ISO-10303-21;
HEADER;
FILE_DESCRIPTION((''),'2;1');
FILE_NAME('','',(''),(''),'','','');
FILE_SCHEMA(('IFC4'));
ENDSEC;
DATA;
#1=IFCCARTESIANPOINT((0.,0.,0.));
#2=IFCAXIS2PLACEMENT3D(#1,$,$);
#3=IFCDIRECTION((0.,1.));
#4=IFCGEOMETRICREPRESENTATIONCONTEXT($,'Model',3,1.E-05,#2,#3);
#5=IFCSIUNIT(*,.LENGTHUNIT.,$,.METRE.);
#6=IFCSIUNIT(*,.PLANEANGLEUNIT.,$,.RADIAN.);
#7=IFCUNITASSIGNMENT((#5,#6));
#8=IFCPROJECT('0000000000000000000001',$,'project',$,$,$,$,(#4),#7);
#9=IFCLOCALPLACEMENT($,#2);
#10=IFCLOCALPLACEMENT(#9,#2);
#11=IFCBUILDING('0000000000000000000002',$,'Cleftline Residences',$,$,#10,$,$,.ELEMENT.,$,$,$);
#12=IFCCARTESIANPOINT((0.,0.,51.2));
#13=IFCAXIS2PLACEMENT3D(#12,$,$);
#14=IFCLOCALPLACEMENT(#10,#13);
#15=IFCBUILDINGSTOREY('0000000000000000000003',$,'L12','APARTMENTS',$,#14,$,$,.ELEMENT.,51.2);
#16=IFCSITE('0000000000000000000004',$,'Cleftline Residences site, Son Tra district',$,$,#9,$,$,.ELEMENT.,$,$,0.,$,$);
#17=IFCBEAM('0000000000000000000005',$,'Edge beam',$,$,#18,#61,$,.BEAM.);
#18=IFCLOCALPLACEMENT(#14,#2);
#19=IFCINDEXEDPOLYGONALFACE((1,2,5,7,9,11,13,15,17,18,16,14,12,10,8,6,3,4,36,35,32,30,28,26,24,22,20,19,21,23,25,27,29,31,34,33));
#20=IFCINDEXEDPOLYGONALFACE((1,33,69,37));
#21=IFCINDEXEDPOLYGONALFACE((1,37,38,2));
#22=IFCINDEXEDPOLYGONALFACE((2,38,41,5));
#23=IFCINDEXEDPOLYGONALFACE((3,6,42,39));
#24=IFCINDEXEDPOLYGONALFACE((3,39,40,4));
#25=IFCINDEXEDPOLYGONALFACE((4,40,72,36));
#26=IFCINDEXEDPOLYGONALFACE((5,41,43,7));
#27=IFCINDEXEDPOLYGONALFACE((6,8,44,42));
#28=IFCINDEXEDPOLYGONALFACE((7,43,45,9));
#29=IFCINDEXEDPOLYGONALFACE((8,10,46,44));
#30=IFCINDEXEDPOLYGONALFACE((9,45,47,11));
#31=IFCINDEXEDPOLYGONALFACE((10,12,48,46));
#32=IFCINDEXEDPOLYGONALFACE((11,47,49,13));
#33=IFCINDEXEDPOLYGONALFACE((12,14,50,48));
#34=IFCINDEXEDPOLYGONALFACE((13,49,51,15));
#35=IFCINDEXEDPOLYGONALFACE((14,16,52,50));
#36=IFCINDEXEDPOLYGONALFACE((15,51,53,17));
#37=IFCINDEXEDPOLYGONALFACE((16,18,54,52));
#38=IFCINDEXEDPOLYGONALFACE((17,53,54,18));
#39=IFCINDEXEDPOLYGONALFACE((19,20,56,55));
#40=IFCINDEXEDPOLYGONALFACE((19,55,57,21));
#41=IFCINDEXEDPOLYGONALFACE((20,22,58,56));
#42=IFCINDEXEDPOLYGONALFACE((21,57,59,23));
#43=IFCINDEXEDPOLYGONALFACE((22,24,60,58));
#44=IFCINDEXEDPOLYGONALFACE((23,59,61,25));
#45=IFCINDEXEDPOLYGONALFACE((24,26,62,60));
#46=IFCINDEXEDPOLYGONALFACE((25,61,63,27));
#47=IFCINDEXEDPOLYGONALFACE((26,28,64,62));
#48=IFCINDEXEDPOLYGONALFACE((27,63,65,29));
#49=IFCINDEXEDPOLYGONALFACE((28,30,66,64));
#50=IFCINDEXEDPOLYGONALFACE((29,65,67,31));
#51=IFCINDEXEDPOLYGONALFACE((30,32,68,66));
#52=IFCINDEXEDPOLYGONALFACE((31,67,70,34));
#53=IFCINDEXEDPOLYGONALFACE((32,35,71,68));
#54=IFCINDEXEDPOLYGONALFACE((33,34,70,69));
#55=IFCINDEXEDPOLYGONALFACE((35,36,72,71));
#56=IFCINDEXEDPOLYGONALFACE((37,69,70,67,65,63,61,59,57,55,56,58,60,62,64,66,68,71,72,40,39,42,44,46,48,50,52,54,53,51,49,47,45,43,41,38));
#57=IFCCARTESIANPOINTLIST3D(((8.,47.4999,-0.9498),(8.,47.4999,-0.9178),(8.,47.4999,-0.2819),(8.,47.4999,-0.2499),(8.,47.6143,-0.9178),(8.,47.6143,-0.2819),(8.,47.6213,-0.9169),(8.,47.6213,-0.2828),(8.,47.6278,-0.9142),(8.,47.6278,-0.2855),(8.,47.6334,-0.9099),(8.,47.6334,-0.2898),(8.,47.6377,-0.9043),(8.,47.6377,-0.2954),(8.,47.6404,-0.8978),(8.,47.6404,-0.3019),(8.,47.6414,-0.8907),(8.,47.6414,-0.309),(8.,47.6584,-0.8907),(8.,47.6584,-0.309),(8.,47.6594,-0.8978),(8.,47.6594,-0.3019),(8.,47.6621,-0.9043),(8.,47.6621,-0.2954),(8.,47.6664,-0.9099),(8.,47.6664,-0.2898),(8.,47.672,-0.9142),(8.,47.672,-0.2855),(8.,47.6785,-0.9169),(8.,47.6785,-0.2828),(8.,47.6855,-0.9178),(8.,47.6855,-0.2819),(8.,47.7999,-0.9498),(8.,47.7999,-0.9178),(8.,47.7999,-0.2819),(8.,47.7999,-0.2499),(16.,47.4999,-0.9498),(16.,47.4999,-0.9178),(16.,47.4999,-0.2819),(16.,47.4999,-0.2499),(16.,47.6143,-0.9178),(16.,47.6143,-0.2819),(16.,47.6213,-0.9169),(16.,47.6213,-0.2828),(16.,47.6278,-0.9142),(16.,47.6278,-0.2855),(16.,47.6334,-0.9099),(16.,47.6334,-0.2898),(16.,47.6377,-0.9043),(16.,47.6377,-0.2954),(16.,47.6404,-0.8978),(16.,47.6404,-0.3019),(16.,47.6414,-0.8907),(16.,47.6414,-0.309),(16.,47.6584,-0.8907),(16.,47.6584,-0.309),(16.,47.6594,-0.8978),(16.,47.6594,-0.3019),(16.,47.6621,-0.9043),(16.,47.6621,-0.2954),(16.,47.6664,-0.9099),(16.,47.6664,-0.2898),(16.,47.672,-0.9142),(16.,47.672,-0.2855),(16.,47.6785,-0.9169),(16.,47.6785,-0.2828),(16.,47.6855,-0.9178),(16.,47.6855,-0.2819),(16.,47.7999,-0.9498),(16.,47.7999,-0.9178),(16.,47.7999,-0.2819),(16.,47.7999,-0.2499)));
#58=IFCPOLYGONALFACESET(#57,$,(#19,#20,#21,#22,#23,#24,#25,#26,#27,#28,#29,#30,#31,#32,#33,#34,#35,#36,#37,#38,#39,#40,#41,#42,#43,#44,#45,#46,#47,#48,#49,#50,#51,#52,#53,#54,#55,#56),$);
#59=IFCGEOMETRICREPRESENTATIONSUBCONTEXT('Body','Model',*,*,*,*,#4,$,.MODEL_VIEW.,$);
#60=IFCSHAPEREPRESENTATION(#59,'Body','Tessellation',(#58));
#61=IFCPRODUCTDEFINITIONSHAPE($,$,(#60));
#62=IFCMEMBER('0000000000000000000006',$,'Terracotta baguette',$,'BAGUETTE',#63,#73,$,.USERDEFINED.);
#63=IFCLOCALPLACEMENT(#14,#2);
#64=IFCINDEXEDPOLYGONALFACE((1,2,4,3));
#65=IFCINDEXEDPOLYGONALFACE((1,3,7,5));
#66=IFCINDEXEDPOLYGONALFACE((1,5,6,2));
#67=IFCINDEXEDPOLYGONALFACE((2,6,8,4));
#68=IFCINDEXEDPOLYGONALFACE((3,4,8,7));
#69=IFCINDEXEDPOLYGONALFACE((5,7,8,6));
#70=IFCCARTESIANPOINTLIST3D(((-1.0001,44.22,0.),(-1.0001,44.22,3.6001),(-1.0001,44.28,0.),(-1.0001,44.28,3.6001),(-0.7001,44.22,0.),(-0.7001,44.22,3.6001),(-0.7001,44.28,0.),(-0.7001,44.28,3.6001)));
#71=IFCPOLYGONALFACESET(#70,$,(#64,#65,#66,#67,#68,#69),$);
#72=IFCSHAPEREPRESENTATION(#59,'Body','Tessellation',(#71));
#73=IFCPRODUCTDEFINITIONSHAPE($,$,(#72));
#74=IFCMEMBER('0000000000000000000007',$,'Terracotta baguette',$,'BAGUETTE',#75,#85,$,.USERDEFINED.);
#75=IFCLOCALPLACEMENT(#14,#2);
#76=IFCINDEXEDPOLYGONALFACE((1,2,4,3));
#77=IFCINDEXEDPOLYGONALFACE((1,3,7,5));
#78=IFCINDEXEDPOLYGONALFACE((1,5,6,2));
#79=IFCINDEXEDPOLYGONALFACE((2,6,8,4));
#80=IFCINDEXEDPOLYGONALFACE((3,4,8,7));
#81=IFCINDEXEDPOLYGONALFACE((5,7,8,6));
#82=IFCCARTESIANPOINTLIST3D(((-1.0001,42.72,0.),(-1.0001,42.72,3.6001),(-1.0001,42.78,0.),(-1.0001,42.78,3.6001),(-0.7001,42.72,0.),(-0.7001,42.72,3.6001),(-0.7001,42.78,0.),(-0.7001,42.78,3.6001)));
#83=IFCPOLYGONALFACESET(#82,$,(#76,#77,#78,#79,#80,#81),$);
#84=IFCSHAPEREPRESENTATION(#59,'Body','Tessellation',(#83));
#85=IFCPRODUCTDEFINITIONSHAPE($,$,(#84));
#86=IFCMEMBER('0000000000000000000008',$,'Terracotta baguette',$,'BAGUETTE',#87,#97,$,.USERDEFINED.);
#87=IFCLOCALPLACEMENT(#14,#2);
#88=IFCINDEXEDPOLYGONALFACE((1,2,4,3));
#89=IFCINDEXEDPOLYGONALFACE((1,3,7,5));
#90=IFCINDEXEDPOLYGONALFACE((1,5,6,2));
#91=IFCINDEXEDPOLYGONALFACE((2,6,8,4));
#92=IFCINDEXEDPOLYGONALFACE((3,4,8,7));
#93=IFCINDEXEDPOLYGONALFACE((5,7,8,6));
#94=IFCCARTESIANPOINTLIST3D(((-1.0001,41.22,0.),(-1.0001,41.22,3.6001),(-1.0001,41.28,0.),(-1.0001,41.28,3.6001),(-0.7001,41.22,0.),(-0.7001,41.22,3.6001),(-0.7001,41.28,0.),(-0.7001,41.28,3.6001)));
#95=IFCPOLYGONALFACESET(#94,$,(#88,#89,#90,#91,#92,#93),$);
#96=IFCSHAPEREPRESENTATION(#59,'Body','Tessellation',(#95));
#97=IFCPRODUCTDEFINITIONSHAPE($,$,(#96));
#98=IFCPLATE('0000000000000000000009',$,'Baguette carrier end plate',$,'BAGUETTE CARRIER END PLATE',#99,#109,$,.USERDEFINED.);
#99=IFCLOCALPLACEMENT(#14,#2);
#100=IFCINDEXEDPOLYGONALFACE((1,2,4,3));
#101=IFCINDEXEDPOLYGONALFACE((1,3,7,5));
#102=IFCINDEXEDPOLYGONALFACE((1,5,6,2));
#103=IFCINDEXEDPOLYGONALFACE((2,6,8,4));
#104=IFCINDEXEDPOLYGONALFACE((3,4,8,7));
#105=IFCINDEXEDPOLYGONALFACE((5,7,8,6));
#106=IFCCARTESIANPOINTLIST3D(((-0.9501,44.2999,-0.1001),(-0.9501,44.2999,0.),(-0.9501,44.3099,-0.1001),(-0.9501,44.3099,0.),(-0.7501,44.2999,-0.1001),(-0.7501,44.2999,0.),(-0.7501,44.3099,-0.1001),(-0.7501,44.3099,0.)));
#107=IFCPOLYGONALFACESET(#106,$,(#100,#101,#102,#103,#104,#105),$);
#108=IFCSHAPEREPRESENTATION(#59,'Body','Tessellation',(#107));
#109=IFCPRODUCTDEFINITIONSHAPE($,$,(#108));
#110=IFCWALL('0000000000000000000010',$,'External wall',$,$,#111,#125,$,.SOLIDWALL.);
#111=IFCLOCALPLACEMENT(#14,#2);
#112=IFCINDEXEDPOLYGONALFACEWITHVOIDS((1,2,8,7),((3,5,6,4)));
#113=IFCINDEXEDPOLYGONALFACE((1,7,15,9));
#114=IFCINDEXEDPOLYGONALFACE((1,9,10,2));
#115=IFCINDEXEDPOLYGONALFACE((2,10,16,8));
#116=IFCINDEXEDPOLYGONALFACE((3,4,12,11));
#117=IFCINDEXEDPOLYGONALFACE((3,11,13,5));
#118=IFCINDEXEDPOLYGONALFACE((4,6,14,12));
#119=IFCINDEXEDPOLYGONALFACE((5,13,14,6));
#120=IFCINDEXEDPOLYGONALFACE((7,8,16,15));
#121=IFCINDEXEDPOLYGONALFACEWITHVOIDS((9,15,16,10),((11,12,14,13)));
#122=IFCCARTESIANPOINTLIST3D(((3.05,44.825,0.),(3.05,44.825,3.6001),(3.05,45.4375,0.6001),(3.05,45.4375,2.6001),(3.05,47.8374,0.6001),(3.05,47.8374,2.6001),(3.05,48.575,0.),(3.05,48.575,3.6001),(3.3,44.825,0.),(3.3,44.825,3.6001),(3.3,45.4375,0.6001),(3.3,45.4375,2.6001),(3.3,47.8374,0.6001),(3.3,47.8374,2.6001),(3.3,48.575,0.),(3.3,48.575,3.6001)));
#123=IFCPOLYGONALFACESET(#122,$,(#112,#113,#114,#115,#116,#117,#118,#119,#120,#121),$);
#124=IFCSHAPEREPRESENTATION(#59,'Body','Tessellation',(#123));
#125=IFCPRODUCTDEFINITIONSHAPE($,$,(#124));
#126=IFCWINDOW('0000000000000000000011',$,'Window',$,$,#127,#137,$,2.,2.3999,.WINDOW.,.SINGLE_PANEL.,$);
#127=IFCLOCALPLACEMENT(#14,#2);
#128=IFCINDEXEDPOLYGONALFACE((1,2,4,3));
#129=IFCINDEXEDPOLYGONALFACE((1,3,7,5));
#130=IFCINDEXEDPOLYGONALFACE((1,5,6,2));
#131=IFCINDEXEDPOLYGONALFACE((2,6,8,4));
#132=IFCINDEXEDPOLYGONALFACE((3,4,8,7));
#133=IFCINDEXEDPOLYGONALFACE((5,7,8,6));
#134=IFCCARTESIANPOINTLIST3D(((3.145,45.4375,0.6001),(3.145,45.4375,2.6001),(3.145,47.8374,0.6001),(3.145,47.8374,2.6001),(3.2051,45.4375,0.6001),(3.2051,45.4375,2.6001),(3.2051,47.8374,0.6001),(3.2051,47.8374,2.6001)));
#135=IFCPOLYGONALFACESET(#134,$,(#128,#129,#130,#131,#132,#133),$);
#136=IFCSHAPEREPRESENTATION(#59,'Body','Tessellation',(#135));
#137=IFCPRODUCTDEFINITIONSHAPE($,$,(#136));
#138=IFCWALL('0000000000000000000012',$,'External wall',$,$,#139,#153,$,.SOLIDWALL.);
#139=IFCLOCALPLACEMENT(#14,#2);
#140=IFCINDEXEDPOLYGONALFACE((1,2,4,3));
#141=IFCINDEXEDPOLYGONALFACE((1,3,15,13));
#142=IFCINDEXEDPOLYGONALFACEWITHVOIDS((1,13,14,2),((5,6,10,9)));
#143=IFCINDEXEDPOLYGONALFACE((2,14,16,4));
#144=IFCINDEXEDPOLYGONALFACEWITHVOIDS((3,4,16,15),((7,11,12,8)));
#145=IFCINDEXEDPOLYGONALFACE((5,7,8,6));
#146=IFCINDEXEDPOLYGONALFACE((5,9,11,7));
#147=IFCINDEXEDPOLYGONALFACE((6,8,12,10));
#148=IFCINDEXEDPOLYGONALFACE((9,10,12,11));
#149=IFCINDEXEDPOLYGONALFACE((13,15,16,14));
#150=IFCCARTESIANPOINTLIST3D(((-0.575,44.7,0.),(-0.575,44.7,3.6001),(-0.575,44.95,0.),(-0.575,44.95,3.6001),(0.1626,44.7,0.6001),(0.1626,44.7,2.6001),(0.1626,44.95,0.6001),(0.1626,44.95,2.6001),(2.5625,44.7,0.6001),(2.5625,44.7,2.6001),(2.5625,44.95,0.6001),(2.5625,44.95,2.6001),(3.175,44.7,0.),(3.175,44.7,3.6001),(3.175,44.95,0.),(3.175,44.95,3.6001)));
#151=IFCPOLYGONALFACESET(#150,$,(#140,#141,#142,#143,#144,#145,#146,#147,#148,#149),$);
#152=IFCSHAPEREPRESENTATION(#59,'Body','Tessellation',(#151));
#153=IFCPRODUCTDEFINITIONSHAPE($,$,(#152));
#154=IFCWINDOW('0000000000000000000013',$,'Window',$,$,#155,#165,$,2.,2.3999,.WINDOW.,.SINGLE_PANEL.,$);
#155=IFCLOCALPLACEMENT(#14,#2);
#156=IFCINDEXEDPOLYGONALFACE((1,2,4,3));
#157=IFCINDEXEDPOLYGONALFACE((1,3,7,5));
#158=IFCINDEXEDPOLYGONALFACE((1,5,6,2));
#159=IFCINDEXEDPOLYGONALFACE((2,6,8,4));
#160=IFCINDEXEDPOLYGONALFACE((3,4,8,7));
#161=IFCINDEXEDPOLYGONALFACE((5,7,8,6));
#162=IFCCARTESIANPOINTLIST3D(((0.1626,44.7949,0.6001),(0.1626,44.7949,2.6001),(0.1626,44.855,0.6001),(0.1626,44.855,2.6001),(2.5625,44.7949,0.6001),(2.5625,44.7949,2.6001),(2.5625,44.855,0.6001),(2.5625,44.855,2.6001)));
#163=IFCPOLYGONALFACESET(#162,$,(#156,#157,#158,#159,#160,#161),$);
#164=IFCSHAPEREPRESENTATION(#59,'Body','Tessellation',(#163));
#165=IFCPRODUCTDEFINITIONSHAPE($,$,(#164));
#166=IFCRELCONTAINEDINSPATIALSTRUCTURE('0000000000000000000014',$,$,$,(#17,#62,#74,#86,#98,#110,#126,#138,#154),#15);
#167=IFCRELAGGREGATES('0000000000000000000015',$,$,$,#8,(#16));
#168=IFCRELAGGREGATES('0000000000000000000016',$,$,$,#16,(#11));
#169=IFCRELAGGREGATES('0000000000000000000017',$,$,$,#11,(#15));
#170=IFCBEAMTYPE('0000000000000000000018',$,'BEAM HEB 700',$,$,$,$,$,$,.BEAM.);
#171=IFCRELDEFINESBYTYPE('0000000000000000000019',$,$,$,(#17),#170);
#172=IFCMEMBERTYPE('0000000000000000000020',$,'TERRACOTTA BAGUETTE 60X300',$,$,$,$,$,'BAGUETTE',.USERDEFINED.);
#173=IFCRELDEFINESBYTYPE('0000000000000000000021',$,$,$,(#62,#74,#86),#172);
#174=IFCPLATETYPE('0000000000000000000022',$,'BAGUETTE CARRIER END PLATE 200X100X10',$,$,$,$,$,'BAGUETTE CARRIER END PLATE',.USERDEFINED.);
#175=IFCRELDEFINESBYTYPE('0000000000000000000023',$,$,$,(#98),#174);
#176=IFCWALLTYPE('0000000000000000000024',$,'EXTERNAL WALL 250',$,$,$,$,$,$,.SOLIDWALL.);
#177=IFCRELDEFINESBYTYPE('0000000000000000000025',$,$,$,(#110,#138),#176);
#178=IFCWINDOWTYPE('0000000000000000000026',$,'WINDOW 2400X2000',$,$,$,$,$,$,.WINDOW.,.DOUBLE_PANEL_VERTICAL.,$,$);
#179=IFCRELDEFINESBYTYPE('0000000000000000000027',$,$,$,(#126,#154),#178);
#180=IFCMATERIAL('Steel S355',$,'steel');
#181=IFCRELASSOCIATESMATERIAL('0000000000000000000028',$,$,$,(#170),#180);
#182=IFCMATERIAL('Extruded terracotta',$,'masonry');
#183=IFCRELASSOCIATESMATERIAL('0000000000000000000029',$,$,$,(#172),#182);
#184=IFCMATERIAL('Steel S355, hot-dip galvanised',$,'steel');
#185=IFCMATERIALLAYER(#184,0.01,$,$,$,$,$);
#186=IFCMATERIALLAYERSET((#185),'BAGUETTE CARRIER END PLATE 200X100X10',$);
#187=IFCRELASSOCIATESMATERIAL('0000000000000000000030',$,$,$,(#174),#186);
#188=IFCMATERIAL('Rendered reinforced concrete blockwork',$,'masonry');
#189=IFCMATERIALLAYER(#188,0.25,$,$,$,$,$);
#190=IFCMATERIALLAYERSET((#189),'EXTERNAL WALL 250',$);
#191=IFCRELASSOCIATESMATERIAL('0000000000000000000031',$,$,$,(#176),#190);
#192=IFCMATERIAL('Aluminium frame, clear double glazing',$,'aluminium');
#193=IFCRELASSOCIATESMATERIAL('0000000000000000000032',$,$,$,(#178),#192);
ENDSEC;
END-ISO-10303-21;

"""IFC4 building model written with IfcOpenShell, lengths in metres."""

from ifc_helpers import new_model, si_unit, direction, frame, frame_2d, origin, origin_2d, place, context, subcontext, project, spatial, rectangle, i_section, extrude, material, layer, layer_set, material_profile, profile_set, type_object, element, fill, save


model = new_model("IFC4")

# Units and contexts
model_context = context("Model", 3, precision=1e-05, world=origin(), true_north=direction((0.0, 1.0)))
body_context = subcontext(model_context, "Body", "Model", "MODEL_VIEW")
ifc_project = project(units=[si_unit("LENGTHUNIT", "METRE"), si_unit("PLANEANGLEUNIT", "RADIAN")], contexts=[model_context])

# Site, building, storey
site_placement = place(None, origin())
site = spatial("IfcSite", under=ifc_project, at=site_placement, Name="Cleftline Residences site, Son Tra district", CompositionType="ELEMENT", RefElevation=0.0)
building_placement = place(site_placement, origin())
building = spatial("IfcBuilding", under=site, at=building_placement, Name="Cleftline Residences", CompositionType="ELEMENT")
storey_placement = place(building_placement, frame((0.0, 0.0, 51.2)))
storey = spatial("IfcBuildingStorey", under=building, at=storey_placement, Name="L12", Description="APARTMENTS", CompositionType="ELEMENT", Elevation=51.2)

# Beam
ifc_material_1 = material(Name="Steel S355", Category="steel")
ifc_material_profile_1 = material_profile(ifc_material_1, i_section(OverallWidth=0.3, OverallDepth=0.7, WebThickness=0.0171, FlangeThickness=0.032, FilletRadius=0.0271, at=origin_2d()))
ifc_profile_set_1 = profile_set([ifc_material_profile_1], Name="Steel S355")
beam_type = type_object("IfcBeamType", Name="BEAM HEB 700", PredefinedType="BEAM", material=ifc_profile_set_1)
beam_placement = place(storey_placement, frame((8.0, 47.6499, -0.5999), z_axis=(1.0, 0.0, 0.0), x_axis=(0.0, 1.0, 0.0)))
element("IfcBeam", 1, at=beam_placement, inside=storey, type_object=beam_type, Name="Edge beam", PredefinedType="BEAM", context=body_context, shape_type="SweptSolid", body=[
    extrude(i_section(OverallWidth=0.3, OverallDepth=0.7, WebThickness=0.0171, FlangeThickness=0.032, FilletRadius=0.0271, at=origin_2d()), origin(), (0.0, 0.0, 1.0), 8.0),
])

# Members
ifc_material_2 = material(Name="Extruded terracotta", Category="masonry")
ifc_material_profile_2 = material_profile(ifc_material_2, rectangle(XDim=0.0601, YDim=0.3, at=origin_2d()))
ifc_profile_set_2 = profile_set([ifc_material_profile_2], Name="Extruded terracotta")
member_type_1 = type_object("IfcMemberType", Name="TERRACOTTA BAGUETTE 60X300", ElementType="BAGUETTE", PredefinedType="USERDEFINED", material=ifc_profile_set_2)
for number, where, z_axis, x_axis, name in (
    (2, (-0.8501, 44.25, 0.0), (0.0, 0.0, 1.0), (0.0, 1.0, 0.0), "Terracotta baguette"),
    (3, (-0.8501, 42.75, 0.0), (0.0, 0.0, 1.0), (0.0, 1.0, 0.0), "Terracotta baguette"),
    (4, (-0.8501, 41.25, 0.0), (0.0, 0.0, 1.0), (0.0, 1.0, 0.0), "Terracotta baguette"),
):
    element("IfcMember", number, at=place(storey_placement, frame(where, z_axis=z_axis, x_axis=x_axis)), inside=storey, type_object=member_type_1, Name=name, ObjectType="BAGUETTE", PredefinedType="USERDEFINED", context=body_context, shape_type="SweptSolid", body=[
        extrude(rectangle(XDim=0.0601, YDim=0.3, at=origin_2d()), origin(), (0.0, 0.0, 1.0), 3.6001),
    ])

# Plate
ifc_material_3 = material(Name="Steel S355, hot-dip galvanised", Category="steel")
ifc_layer_1 = layer(ifc_material_3, 0.01)
ifc_layer_set_1 = layer_set([ifc_layer_1], Name="BAGUETTE CARRIER END PLATE 200X100X10")
plate_type = type_object("IfcPlateType", Name="BAGUETTE CARRIER END PLATE 200X100X10", ElementType="BAGUETTE CARRIER END PLATE", PredefinedType="USERDEFINED", material=ifc_layer_set_1)
plate_placement = place(storey_placement, frame((-0.8501, 44.3049, -0.1001), z_axis=(0.0, 0.0, 1.0), x_axis=(-1.0, 0.0, 0.0)))
element("IfcPlate", 5, at=plate_placement, inside=storey, type_object=plate_type, Name="Baguette carrier end plate", ObjectType="BAGUETTE CARRIER END PLATE", PredefinedType="USERDEFINED", context=body_context, shape_type="SweptSolid", body=[
    extrude(rectangle(XDim=0.2, YDim=0.01, at=origin_2d()), origin(), (0.0, 0.0, 1.0), 0.1001),
])

# Walls, openings, windows
ifc_material_4 = material(Name="Rendered reinforced concrete blockwork", Category="masonry")
ifc_layer_2 = layer(ifc_material_4, 0.25)
ifc_layer_set_2 = layer_set([ifc_layer_2], Name="EXTERNAL WALL 250")
wall_type_1 = type_object("IfcWallType", Name="EXTERNAL WALL 250", PredefinedType="SOLIDWALL", material=ifc_layer_set_2)
wall_1_placement = place(storey_placement, frame((3.175, 48.575, 0.0), z_axis=(0.0, 0.0, 1.0), x_axis=(0.0, -1.0, 0.0)))
wall_1 = element("IfcWall", 6, at=wall_1_placement, inside=storey, type_object=wall_type_1, Name="External wall", PredefinedType="SOLIDWALL", context=body_context, shape_type="SweptSolid", body=[
    extrude(rectangle(XDim=3.75, YDim=0.25, at=frame_2d((1.875, 0.0))), origin(), (0.0, 0.0, 1.0), 3.6001),
])
opening_1_placement = place(wall_1_placement, frame((0.7375, 0.0, 0.6001)))
opening_1 = element("IfcOpeningElement", 7, at=opening_1_placement, cuts=wall_1, PredefinedType="OPENING", context=body_context, shape_type="SweptSolid", body=[
    extrude(rectangle(XDim=2.3999, YDim=2.0, at=frame_2d((1.2, 1.0))), frame((0.0, 0.135, 0.0), z_axis=(0.0, -1.0, 0.0), x_axis=(1.0, 0.0, 0.0)), (0.0, 0.0, 1.0), 0.27),
])
ifc_material_5 = material(Name="Aluminium frame, clear double glazing", Category="aluminium")
window_type_1 = type_object("IfcWindowType", Name="WINDOW 2400X2000", PartitioningType="DOUBLE_PANEL_VERTICAL", PredefinedType="WINDOW", material=ifc_material_5)
window_1_placement = place(opening_1_placement, origin())
window_1 = element("IfcWindow", 8, at=window_1_placement, inside=storey, type_object=window_type_1, Name="Window", OverallHeight=2.0, OverallWidth=2.3999, PartitioningType="SINGLE_PANEL", PredefinedType="WINDOW", context=body_context, shape_type="SweptSolid", body=[
    extrude(rectangle(XDim=2.3999, YDim=2.0, at=frame_2d((1.2, 1.0))), frame((0.0, 0.03, 0.0), z_axis=(0.0, -1.0, 0.0), x_axis=(1.0, 0.0, 0.0)), (0.0, 0.0, 1.0), 0.0601),
])
fill(opening_1, window_1)
wall_2_placement = place(storey_placement, frame((3.175, 44.825, 0.0), z_axis=(0.0, 0.0, 1.0), x_axis=(-1.0, 0.0, 0.0)))
wall_2 = element("IfcWall", 9, at=wall_2_placement, inside=storey, type_object=wall_type_1, Name="External wall", PredefinedType="SOLIDWALL", context=body_context, shape_type="SweptSolid", body=[
    extrude(rectangle(XDim=3.75, YDim=0.25, at=frame_2d((1.875, 0.0))), origin(), (0.0, 0.0, 1.0), 3.6001),
])
opening_2_placement = place(wall_2_placement, frame((0.6125, 0.0, 0.6001)))
opening_2 = element("IfcOpeningElement", 10, at=opening_2_placement, cuts=wall_2, PredefinedType="OPENING", context=body_context, shape_type="SweptSolid", body=[
    extrude(rectangle(XDim=2.3999, YDim=2.0, at=frame_2d((1.2, 1.0))), frame((0.0, 0.135, 0.0), z_axis=(0.0, -1.0, 0.0), x_axis=(1.0, 0.0, 0.0)), (0.0, 0.0, 1.0), 0.27),
])
window_2_placement = place(opening_2_placement, origin())
window_2 = element("IfcWindow", 11, at=window_2_placement, inside=storey, type_object=window_type_1, Name="Window", OverallHeight=2.0, OverallWidth=2.3999, PartitioningType="SINGLE_PANEL", PredefinedType="WINDOW", context=body_context, shape_type="SweptSolid", body=[
    extrude(rectangle(XDim=2.3999, YDim=2.0, at=frame_2d((1.2, 1.0))), frame((0.0, 0.03, 0.0), z_axis=(0.0, -1.0, 0.0), x_axis=(1.0, 0.0, 0.0)), (0.0, 0.0, 1.0), 0.0601),
])
fill(opening_2, window_2)

save(model, "model.ifc")
